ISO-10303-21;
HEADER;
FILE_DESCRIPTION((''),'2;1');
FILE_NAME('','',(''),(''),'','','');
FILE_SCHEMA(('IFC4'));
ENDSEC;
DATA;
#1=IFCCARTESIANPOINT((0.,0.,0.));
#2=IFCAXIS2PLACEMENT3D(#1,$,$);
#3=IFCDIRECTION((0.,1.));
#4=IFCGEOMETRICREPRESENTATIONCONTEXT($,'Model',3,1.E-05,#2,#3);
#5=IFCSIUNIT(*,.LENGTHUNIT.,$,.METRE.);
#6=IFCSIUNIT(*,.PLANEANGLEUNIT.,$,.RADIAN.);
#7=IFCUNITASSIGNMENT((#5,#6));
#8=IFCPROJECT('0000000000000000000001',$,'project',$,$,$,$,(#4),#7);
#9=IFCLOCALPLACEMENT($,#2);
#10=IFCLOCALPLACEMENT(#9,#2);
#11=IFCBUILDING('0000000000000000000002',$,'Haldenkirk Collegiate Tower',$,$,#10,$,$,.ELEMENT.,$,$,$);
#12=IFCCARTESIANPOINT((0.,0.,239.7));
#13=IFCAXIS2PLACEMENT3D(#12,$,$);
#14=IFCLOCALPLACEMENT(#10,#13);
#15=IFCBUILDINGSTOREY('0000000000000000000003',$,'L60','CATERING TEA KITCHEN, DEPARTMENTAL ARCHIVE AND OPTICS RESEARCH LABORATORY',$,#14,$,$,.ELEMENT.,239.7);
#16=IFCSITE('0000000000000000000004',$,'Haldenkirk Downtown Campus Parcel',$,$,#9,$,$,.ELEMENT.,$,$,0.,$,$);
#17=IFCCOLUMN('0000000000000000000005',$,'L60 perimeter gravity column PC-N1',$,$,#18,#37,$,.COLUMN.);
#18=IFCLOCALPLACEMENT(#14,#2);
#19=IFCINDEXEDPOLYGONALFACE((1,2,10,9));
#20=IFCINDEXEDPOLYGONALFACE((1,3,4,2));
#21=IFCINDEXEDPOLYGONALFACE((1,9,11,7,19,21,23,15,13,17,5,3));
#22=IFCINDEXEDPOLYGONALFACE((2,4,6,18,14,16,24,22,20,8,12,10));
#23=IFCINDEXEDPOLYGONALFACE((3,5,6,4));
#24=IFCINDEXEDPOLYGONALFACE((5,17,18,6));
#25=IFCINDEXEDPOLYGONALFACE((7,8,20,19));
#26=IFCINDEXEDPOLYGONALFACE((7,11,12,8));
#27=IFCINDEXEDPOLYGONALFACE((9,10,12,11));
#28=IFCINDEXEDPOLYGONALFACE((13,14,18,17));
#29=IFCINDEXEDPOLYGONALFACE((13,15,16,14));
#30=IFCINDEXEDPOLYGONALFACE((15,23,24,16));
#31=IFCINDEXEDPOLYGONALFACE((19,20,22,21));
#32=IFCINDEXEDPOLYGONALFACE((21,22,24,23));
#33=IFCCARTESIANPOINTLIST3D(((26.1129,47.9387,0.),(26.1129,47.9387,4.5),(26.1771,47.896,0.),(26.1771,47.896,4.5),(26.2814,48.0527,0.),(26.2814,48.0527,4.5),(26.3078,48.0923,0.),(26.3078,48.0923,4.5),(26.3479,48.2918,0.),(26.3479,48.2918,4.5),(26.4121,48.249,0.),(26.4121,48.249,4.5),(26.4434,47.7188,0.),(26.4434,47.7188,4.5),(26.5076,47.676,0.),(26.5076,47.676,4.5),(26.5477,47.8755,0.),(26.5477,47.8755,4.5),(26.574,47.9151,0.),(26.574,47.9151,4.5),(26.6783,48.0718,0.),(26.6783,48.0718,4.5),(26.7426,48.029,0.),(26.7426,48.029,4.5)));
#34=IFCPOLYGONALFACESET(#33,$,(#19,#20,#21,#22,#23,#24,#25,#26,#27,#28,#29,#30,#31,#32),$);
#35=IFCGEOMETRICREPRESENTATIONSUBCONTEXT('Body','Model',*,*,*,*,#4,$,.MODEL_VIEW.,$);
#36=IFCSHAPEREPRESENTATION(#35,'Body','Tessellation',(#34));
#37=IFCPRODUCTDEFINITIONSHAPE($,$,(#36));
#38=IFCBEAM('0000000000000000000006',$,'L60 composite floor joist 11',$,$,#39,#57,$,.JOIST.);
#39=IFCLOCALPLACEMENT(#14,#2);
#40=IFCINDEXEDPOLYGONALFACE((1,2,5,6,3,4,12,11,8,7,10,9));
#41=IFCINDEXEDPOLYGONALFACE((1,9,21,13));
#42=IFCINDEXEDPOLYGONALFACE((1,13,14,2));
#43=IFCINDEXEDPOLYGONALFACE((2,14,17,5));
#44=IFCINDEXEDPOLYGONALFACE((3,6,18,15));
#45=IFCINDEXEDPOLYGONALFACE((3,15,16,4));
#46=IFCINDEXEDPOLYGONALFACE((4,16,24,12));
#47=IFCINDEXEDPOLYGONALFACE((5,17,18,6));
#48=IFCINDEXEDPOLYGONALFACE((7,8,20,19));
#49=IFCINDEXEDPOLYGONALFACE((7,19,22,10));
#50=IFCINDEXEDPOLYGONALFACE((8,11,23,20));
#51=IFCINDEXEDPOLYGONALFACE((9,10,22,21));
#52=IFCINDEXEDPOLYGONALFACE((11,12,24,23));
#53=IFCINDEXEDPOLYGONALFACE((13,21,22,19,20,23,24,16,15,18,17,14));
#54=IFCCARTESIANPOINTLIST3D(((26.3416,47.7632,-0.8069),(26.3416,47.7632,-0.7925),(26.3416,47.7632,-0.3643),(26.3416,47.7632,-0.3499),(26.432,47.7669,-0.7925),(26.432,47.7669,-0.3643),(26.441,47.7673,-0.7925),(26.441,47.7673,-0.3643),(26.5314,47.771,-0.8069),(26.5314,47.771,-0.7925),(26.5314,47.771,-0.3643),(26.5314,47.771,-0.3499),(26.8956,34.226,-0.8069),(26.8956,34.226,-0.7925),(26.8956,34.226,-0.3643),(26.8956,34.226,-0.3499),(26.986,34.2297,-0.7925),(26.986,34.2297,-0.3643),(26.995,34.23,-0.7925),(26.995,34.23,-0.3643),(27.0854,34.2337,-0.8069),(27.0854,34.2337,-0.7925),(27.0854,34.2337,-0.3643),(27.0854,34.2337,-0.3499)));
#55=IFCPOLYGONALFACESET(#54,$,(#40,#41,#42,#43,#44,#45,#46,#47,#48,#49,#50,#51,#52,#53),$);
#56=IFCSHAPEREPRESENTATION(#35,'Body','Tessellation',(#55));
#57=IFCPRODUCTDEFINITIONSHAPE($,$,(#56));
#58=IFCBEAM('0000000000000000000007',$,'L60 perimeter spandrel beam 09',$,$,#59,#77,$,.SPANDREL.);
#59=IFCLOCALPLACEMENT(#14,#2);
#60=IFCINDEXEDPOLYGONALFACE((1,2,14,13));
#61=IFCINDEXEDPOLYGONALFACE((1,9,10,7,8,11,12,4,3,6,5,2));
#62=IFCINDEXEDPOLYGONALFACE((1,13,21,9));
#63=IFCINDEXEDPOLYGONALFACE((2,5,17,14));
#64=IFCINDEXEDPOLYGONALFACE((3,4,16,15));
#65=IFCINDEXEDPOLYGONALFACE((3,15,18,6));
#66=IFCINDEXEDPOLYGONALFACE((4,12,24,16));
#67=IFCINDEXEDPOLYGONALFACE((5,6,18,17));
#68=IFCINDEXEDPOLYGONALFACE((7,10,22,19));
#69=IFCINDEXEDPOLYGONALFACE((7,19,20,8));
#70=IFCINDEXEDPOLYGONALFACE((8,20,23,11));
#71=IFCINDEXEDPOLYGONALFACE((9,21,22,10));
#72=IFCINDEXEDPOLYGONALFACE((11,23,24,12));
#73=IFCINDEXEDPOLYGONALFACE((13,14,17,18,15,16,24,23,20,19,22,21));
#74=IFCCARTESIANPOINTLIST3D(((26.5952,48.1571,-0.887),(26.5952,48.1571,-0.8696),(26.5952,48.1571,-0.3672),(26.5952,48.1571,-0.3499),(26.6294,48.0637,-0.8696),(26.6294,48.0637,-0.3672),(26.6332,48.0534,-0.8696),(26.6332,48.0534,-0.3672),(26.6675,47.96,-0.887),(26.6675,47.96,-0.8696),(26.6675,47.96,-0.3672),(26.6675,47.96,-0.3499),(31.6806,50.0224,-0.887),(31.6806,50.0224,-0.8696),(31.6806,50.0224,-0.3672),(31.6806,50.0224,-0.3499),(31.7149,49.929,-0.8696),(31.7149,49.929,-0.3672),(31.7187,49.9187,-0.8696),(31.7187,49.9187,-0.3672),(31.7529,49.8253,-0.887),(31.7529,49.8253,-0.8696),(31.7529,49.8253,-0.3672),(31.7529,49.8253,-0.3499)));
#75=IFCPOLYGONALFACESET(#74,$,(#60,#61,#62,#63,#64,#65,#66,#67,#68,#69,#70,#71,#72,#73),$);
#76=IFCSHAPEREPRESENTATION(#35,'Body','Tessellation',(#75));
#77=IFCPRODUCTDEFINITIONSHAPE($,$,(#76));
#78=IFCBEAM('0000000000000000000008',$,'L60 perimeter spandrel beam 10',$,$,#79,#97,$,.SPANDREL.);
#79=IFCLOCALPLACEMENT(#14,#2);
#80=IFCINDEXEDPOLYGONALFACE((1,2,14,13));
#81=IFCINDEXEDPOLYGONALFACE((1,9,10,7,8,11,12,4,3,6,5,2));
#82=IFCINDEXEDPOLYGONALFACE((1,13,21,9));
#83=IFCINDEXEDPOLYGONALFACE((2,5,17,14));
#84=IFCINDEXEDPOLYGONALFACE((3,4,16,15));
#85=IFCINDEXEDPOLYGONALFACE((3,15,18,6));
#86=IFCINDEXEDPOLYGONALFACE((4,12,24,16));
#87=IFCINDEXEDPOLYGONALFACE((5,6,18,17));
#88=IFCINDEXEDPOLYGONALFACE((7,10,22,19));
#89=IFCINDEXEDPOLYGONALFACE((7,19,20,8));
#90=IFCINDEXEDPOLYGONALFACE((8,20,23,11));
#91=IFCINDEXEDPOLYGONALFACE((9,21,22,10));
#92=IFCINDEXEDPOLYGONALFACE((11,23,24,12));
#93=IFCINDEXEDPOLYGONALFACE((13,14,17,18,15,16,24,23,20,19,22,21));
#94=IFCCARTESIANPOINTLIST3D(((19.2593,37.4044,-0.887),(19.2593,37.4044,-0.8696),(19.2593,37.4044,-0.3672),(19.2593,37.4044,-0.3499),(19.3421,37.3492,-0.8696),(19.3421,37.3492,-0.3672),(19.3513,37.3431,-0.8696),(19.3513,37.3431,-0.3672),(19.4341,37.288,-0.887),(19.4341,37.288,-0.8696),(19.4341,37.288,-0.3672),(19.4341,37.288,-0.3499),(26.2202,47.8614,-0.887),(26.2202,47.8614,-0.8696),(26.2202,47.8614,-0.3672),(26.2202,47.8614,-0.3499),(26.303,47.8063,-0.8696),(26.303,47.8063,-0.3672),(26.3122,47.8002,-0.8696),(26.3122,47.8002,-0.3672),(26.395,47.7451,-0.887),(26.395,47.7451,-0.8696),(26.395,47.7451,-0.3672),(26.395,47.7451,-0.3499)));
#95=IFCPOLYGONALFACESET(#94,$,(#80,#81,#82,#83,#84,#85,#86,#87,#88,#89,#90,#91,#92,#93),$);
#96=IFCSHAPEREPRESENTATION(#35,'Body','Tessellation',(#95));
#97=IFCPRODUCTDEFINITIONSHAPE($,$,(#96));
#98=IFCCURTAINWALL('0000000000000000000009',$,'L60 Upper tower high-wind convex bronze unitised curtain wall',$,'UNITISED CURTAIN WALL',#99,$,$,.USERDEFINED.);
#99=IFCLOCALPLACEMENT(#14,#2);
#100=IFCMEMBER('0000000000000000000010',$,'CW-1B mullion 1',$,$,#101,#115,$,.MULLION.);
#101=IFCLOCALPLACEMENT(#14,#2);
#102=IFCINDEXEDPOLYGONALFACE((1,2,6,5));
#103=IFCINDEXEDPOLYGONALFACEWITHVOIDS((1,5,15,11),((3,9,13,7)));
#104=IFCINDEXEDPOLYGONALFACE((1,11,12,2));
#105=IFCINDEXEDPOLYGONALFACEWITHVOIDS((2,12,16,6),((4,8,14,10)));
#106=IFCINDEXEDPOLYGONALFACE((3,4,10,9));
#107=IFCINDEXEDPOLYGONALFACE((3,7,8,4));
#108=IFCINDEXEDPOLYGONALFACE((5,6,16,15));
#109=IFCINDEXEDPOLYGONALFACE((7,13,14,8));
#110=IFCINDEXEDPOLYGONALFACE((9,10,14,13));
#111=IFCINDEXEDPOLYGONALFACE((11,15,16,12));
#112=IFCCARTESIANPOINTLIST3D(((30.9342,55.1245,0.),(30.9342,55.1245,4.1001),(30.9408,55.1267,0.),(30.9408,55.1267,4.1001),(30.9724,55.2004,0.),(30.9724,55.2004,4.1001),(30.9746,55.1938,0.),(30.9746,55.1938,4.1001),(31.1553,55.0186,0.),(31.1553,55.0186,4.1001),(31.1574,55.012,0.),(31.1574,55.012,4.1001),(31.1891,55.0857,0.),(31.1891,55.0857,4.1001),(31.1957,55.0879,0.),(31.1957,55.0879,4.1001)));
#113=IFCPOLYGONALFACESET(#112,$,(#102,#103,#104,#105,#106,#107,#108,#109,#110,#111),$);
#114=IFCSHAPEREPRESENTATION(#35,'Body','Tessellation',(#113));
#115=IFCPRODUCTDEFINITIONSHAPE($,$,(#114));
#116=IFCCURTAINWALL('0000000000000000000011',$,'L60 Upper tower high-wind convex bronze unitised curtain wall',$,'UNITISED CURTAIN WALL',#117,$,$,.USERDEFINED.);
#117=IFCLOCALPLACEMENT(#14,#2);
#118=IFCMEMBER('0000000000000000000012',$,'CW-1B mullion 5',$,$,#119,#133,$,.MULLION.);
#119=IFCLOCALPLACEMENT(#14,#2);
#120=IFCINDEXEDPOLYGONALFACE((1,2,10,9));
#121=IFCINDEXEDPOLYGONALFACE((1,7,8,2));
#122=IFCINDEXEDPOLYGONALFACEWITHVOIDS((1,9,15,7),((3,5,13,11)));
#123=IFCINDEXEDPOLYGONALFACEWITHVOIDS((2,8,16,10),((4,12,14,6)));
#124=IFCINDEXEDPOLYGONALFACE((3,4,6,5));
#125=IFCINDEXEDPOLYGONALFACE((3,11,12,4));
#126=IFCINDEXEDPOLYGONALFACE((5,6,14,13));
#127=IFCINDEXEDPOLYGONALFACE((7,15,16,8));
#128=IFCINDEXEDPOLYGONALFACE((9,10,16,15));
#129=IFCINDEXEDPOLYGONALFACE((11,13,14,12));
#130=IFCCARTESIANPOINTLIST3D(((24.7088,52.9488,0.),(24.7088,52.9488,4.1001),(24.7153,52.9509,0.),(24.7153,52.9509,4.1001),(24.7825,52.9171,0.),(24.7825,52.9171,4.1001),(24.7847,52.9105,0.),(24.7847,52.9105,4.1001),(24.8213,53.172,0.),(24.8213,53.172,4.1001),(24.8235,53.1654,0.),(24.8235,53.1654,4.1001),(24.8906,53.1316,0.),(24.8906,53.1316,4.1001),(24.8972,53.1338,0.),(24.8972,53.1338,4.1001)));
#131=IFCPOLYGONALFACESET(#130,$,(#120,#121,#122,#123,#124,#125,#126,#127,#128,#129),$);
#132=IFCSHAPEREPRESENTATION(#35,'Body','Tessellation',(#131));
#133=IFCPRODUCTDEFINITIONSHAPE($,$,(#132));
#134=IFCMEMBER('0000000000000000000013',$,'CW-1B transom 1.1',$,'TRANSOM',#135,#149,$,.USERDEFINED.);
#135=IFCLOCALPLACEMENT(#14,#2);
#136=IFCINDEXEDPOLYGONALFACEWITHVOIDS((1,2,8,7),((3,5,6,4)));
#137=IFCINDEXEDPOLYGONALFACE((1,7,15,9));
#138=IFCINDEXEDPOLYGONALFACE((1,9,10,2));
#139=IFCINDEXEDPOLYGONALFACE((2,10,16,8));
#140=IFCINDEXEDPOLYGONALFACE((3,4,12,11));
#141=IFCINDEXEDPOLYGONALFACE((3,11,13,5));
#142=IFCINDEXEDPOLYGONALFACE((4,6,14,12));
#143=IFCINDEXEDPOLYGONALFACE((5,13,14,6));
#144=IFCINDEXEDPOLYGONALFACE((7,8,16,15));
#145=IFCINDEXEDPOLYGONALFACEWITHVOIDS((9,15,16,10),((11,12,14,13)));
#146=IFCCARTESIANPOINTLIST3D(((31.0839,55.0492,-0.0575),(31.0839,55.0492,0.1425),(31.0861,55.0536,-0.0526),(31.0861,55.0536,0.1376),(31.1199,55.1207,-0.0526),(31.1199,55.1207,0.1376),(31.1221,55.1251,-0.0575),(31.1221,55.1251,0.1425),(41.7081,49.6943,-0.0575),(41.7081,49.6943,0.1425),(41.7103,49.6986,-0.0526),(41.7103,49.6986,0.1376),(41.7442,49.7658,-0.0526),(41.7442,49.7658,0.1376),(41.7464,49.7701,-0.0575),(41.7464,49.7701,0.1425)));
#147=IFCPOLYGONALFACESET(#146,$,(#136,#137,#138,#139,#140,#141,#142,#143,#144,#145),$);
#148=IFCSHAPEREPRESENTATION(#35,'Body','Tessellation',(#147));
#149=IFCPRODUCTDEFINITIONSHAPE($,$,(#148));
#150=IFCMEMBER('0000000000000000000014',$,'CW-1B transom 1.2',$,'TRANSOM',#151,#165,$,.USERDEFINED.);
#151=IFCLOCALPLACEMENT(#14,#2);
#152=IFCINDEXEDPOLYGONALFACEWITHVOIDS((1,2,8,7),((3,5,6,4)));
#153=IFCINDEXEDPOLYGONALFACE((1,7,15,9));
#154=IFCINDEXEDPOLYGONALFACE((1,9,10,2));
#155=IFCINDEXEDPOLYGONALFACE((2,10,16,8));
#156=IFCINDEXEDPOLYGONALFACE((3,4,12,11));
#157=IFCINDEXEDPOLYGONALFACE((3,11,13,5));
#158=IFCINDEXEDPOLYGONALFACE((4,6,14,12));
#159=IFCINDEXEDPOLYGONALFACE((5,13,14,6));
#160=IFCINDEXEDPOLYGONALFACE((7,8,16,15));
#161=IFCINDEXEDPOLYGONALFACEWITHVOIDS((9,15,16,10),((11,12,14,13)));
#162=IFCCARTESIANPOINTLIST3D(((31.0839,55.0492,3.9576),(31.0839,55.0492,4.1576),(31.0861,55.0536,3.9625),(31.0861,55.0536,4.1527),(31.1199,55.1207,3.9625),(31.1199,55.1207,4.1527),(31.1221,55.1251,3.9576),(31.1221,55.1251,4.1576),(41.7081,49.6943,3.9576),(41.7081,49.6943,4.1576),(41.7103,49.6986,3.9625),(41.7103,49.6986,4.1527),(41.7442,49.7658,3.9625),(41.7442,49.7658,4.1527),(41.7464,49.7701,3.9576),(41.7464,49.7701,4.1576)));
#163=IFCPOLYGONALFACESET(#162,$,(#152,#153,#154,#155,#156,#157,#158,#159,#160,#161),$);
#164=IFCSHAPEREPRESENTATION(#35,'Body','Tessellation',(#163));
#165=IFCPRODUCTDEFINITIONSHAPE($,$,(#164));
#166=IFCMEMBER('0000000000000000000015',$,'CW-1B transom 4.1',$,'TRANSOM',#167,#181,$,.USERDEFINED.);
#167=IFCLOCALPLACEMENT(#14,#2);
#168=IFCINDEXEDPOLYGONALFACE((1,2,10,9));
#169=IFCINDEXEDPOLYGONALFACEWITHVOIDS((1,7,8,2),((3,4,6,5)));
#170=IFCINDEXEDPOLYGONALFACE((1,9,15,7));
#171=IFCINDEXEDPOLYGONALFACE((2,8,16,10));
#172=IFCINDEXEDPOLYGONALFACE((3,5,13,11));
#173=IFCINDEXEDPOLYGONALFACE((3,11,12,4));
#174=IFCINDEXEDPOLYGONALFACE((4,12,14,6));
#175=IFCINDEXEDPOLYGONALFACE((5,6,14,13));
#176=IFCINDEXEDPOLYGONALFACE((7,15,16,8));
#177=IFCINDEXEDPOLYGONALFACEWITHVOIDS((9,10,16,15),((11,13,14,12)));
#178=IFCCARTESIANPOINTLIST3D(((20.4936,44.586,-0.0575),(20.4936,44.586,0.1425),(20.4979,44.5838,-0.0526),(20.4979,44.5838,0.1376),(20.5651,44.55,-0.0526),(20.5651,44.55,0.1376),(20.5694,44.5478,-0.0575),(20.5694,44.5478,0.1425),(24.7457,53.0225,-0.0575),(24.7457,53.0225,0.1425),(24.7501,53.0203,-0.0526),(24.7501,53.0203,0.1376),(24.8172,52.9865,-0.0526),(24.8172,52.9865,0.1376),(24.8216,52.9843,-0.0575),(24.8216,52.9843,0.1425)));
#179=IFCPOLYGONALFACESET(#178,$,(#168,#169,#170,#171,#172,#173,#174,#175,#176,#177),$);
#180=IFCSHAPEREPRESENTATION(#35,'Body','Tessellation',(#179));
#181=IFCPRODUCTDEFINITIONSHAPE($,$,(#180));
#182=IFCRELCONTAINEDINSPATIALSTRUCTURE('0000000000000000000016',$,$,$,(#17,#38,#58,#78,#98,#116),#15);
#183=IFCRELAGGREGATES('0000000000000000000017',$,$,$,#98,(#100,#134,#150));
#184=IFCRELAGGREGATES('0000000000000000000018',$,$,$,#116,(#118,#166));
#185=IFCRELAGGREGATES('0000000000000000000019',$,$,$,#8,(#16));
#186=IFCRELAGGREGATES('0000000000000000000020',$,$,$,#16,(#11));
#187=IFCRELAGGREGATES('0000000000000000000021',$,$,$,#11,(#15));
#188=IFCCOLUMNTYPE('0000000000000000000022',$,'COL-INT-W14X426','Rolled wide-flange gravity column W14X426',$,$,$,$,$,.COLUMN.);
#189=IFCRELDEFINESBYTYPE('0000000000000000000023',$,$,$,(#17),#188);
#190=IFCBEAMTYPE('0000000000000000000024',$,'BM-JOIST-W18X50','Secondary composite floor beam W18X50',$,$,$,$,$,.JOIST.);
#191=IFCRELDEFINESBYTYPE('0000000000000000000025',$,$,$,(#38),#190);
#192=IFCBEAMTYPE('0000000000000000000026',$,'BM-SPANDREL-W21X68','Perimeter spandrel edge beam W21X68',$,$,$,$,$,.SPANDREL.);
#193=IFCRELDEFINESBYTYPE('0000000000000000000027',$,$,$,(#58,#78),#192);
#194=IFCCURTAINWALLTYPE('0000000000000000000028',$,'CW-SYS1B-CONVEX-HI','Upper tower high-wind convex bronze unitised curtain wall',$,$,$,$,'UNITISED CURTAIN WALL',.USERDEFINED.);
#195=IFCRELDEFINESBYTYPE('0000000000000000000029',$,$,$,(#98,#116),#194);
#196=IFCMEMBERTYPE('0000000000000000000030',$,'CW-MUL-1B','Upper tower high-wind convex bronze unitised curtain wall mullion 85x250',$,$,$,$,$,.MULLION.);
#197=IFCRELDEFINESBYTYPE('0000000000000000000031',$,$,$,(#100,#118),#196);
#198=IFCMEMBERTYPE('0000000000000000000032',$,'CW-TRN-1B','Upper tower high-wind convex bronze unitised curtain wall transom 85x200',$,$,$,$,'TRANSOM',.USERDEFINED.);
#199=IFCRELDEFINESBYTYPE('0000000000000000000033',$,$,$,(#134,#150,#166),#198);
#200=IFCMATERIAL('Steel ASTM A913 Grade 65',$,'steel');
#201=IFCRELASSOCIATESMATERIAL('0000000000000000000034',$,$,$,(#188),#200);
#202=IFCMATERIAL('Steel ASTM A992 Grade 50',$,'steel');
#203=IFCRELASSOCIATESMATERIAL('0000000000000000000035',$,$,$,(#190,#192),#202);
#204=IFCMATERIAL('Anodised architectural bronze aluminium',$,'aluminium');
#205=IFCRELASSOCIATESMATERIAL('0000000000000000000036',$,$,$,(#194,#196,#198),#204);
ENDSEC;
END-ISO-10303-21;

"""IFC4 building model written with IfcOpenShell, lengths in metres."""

from ifc_helpers import new_model, si_unit, direction, frame, origin, origin_2d, place, context, subcontext, project, spatial, hollow_rectangle, i_section, extrude, material, material_profile, profile_set, type_object, element, aggregate, save


model = new_model("IFC4")

# Units and contexts
model_context = context("Model", 3, precision=1e-05, world=origin(), true_north=direction((0.0, 1.0)))
body_context = subcontext(model_context, "Body", "Model", "MODEL_VIEW")
ifc_project = project(units=[si_unit("LENGTHUNIT", "METRE"), si_unit("PLANEANGLEUNIT", "RADIAN")], contexts=[model_context])

# Site, building, storey
site_placement = place(None, origin())
site = spatial("IfcSite", under=ifc_project, at=site_placement, Name="Haldenkirk Downtown Campus Parcel", CompositionType="ELEMENT", RefElevation=0.0)
building_placement = place(site_placement, origin())
building = spatial("IfcBuilding", under=site, at=building_placement, Name="Haldenkirk Collegiate Tower", CompositionType="ELEMENT")
storey_placement = place(building_placement, frame((0.0, 0.0, 239.7)))
storey = spatial("IfcBuildingStorey", under=building, at=storey_placement, Name="L60", Description="CATERING TEA KITCHEN, DEPARTMENTAL ARCHIVE AND OPTICS RESEARCH LABORATORY", CompositionType="ELEMENT", Elevation=239.7)

# Column
ifc_material_1 = material(Name="Steel ASTM A913 Grade 65", Category="steel")
ifc_material_profile_1 = material_profile(ifc_material_1, i_section(OverallWidth=0.4241, OverallDepth=0.4741, WebThickness=0.0476, FlangeThickness=0.0771, at=origin_2d()), Name="W14X426")
ifc_profile_set_1 = profile_set([ifc_material_profile_1], Name="Steel ASTM A913 Grade 65")
column_type = type_object("IfcColumnType", Name="COL-INT-W14X426", Description="Rolled wide-flange gravity column W14X426", PredefinedType="COLUMN", material=ifc_profile_set_1)
column_placement = place(storey_placement, frame((26.4277, 47.9839, 0.0), z_axis=(0.0, 0.0, 1.0), x_axis=(0.554118, 0.832438, 0.0)))
element("IfcColumn", 1, at=column_placement, inside=storey, type_object=column_type, Name="L60 perimeter gravity column PC-N1", PredefinedType="COLUMN", context=body_context, shape_type="SweptSolid", body=[
    extrude(i_section(OverallWidth=0.4241, OverallDepth=0.4741, WebThickness=0.0476, FlangeThickness=0.0771, at=origin_2d()), origin(), (0.0, 0.0, 1.0), 4.5),
])

# Beams
ifc_material_2 = material(Name="Steel ASTM A992 Grade 50", Category="steel")
ifc_material_profile_2 = material_profile(ifc_material_2, i_section(OverallWidth=0.1899, OverallDepth=0.457, WebThickness=0.009, FlangeThickness=0.0144, at=origin_2d()), Name="W18X50")
ifc_profile_set_2 = profile_set([ifc_material_profile_2], Name="Steel ASTM A992 Grade 50")
beam_type_1 = type_object("IfcBeamType", Name="BM-JOIST-W18X50", Description="Secondary composite floor beam W18X50", PredefinedType="JOIST", material=ifc_profile_set_2)
beam_1_placement = place(storey_placement, frame((26.4365, 47.7671, -0.5784), z_axis=(0.040886, -0.999164, 0.0), x_axis=(0.999164, 0.040886, 0.0)))
element("IfcBeam", 2, at=beam_1_placement, inside=storey, type_object=beam_type_1, Name="L60 composite floor joist 11", PredefinedType="JOIST", context=body_context, shape_type="SweptSolid", body=[
    extrude(i_section(OverallWidth=0.1899, OverallDepth=0.457, WebThickness=0.009, FlangeThickness=0.0144, at=origin_2d()), origin(), (0.0, 0.0, 1.0), 13.5486),
])
ifc_material_profile_3 = material_profile(ifc_material_2, i_section(OverallWidth=0.21, OverallDepth=0.5371, WebThickness=0.011, FlangeThickness=0.0173, at=origin_2d()), Name="W21X68")
ifc_profile_set_3 = profile_set([ifc_material_profile_3], Name="Steel ASTM A992 Grade 50")
beam_type_2 = type_object("IfcBeamType", Name="BM-SPANDREL-W21X68", Description="Perimeter spandrel edge beam W21X68", PredefinedType="SPANDREL", material=ifc_profile_set_3)
beam_2_placement = place(storey_placement, frame((31.7168, 49.9238, -0.6184), z_axis=(-0.938842, -0.344347, 0.0), x_axis=(0.344347, -0.938842, 0.0)))
element("IfcBeam", 3, at=beam_2_placement, inside=storey, type_object=beam_type_2, Name="L60 perimeter spandrel beam 09", PredefinedType="SPANDREL", context=body_context, shape_type="SweptSolid", body=[
    extrude(i_section(OverallWidth=0.21, OverallDepth=0.5371, WebThickness=0.011, FlangeThickness=0.0173, at=origin_2d()), origin(), (0.0, 0.0, 1.0), 5.4167),
])
beam_3_placement = place(storey_placement, frame((26.3076, 47.8032, -0.6184), z_axis=(-0.554126, -0.832433, 0.0), x_axis=(0.832433, -0.554126, 0.0)))
element("IfcBeam", 4, at=beam_3_placement, inside=storey, type_object=beam_type_2, Name="L60 perimeter spandrel beam 10", PredefinedType="SPANDREL", context=body_context, shape_type="SweptSolid", body=[
    extrude(i_section(OverallWidth=0.21, OverallDepth=0.5371, WebThickness=0.011, FlangeThickness=0.0173, at=origin_2d()), origin(), (0.0, 0.0, 1.0), 12.562),
])

# Curtain walls, members
ifc_material_3 = material(Name="Anodised architectural bronze aluminium", Category="aluminium")
curtain_wall_type = type_object("IfcCurtainWallType", Name="CW-SYS1B-CONVEX-HI", Description="Upper tower high-wind convex bronze unitised curtain wall", ElementType="UNITISED CURTAIN WALL", PredefinedType="USERDEFINED", material=ifc_material_3)
curtain_wall_1_placement = place(storey_placement, origin())
curtain_wall_1 = element("IfcCurtainWall", 5, at=curtain_wall_1_placement, inside=storey, type_object=curtain_wall_type, Name="L60 Upper tower high-wind convex bronze unitised curtain wall", ObjectType="UNITISED CURTAIN WALL", PredefinedType="USERDEFINED")
ifc_material_profile_4 = material_profile(ifc_material_3, hollow_rectangle(XDim=0.085, YDim=0.25, WallThickness=0.0049, at=origin_2d()), Name="CW-MUL-1B")
ifc_profile_set_4 = profile_set([ifc_material_profile_4], Name="Anodised architectural bronze aluminium")
member_type_1 = type_object("IfcMemberType", Name="CW-MUL-1B", Description="Upper tower high-wind convex bronze unitised curtain wall mullion 85x250", PredefinedType="MULLION", material=ifc_profile_set_4)
member_1_placement = place(storey_placement, frame((31.0649, 55.1062, 0.0), z_axis=(0.0, 0.0, 1.0), x_axis=(0.450099, 0.892979, 0.0)))
member_1 = element("IfcMember", 6, at=member_1_placement, type_object=member_type_1, Name="CW-1B mullion 1", PredefinedType="MULLION", context=body_context, shape_type="SweptSolid", body=[
    extrude(hollow_rectangle(XDim=0.085, YDim=0.25, WallThickness=0.0049, at=origin_2d()), origin(), (0.0, 0.0, 1.0), 4.1001),
])
curtain_wall_2_placement = place(storey_placement, origin())
curtain_wall_2 = element("IfcCurtainWall", 7, at=curtain_wall_2_placement, inside=storey, type_object=curtain_wall_type, Name="L60 Upper tower high-wind convex bronze unitised curtain wall", ObjectType="UNITISED CURTAIN WALL", PredefinedType="USERDEFINED")
member_2_placement = place(storey_placement, frame((24.803, 53.0413, 0.0), z_axis=(0.0, 0.0, 1.0), x_axis=(-0.892978, 0.4501, 0.0)))
member_2 = element("IfcMember", 8, at=member_2_placement, type_object=member_type_1, Name="CW-1B mullion 5", PredefinedType="MULLION", context=body_context, shape_type="SweptSolid", body=[
    extrude(hollow_rectangle(XDim=0.085, YDim=0.25, WallThickness=0.0049, at=origin_2d()), origin(), (0.0, 0.0, 1.0), 4.1001),
])

# Members
ifc_material_profile_5 = material_profile(ifc_material_3, hollow_rectangle(XDim=0.085, YDim=0.2, WallThickness=0.0049, at=origin_2d()), Name="CW-TRN-1B")
ifc_profile_set_5 = profile_set([ifc_material_profile_5], Name="Anodised architectural bronze aluminium")
member_type_2 = type_object("IfcMemberType", Name="CW-TRN-1B", Description="Upper tower high-wind convex bronze unitised curtain wall transom 85x200", ElementType="TRANSOM", PredefinedType="USERDEFINED", material=ifc_profile_set_5)
member_3_placement = place(storey_placement, frame((31.103, 55.0872, 0.0425), z_axis=(0.892982, -0.450092, 0.0), x_axis=(0.450092, 0.892982, 0.0)))
member_3 = element("IfcMember", 9, at=member_3_placement, type_object=member_type_2, Name="CW-1B transom 1.1", ObjectType="TRANSOM", PredefinedType="USERDEFINED", context=body_context, shape_type="SweptSolid", body=[
    extrude(hollow_rectangle(XDim=0.085, YDim=0.2, WallThickness=0.0049, at=origin_2d()), origin(), (0.0, 0.0, 1.0), 11.8975),
])
member_4_placement = place(storey_placement, frame((31.103, 55.0872, 4.0576), z_axis=(0.892982, -0.450092, 0.0), x_axis=(0.450092, 0.892982, 0.0)))
member_4 = element("IfcMember", 10, at=member_4_placement, type_object=member_type_2, Name="CW-1B transom 1.2", ObjectType="TRANSOM", PredefinedType="USERDEFINED", context=body_context, shape_type="SweptSolid", body=[
    extrude(hollow_rectangle(XDim=0.085, YDim=0.2, WallThickness=0.0049, at=origin_2d()), origin(), (0.0, 0.0, 1.0), 11.8975),
])
aggregate(curtain_wall_1, [member_1, member_3, member_4])
member_5_placement = place(storey_placement, frame((20.5315, 44.5669, 0.0425), z_axis=(0.450085, 0.892986, 0.0), x_axis=(-0.892986, 0.450085, 0.0)))
member_5 = element("IfcMember", 11, at=member_5_placement, type_object=member_type_2, Name="CW-1B transom 4.1", ObjectType="TRANSOM", PredefinedType="USERDEFINED", context=body_context, shape_type="SweptSolid", body=[
    extrude(hollow_rectangle(XDim=0.085, YDim=0.2, WallThickness=0.0049, at=origin_2d()), origin(), (0.0, 0.0, 1.0), 9.4475),
])

aggregate(curtain_wall_2, [member_2, member_5])

save(model, "model.ifc")
